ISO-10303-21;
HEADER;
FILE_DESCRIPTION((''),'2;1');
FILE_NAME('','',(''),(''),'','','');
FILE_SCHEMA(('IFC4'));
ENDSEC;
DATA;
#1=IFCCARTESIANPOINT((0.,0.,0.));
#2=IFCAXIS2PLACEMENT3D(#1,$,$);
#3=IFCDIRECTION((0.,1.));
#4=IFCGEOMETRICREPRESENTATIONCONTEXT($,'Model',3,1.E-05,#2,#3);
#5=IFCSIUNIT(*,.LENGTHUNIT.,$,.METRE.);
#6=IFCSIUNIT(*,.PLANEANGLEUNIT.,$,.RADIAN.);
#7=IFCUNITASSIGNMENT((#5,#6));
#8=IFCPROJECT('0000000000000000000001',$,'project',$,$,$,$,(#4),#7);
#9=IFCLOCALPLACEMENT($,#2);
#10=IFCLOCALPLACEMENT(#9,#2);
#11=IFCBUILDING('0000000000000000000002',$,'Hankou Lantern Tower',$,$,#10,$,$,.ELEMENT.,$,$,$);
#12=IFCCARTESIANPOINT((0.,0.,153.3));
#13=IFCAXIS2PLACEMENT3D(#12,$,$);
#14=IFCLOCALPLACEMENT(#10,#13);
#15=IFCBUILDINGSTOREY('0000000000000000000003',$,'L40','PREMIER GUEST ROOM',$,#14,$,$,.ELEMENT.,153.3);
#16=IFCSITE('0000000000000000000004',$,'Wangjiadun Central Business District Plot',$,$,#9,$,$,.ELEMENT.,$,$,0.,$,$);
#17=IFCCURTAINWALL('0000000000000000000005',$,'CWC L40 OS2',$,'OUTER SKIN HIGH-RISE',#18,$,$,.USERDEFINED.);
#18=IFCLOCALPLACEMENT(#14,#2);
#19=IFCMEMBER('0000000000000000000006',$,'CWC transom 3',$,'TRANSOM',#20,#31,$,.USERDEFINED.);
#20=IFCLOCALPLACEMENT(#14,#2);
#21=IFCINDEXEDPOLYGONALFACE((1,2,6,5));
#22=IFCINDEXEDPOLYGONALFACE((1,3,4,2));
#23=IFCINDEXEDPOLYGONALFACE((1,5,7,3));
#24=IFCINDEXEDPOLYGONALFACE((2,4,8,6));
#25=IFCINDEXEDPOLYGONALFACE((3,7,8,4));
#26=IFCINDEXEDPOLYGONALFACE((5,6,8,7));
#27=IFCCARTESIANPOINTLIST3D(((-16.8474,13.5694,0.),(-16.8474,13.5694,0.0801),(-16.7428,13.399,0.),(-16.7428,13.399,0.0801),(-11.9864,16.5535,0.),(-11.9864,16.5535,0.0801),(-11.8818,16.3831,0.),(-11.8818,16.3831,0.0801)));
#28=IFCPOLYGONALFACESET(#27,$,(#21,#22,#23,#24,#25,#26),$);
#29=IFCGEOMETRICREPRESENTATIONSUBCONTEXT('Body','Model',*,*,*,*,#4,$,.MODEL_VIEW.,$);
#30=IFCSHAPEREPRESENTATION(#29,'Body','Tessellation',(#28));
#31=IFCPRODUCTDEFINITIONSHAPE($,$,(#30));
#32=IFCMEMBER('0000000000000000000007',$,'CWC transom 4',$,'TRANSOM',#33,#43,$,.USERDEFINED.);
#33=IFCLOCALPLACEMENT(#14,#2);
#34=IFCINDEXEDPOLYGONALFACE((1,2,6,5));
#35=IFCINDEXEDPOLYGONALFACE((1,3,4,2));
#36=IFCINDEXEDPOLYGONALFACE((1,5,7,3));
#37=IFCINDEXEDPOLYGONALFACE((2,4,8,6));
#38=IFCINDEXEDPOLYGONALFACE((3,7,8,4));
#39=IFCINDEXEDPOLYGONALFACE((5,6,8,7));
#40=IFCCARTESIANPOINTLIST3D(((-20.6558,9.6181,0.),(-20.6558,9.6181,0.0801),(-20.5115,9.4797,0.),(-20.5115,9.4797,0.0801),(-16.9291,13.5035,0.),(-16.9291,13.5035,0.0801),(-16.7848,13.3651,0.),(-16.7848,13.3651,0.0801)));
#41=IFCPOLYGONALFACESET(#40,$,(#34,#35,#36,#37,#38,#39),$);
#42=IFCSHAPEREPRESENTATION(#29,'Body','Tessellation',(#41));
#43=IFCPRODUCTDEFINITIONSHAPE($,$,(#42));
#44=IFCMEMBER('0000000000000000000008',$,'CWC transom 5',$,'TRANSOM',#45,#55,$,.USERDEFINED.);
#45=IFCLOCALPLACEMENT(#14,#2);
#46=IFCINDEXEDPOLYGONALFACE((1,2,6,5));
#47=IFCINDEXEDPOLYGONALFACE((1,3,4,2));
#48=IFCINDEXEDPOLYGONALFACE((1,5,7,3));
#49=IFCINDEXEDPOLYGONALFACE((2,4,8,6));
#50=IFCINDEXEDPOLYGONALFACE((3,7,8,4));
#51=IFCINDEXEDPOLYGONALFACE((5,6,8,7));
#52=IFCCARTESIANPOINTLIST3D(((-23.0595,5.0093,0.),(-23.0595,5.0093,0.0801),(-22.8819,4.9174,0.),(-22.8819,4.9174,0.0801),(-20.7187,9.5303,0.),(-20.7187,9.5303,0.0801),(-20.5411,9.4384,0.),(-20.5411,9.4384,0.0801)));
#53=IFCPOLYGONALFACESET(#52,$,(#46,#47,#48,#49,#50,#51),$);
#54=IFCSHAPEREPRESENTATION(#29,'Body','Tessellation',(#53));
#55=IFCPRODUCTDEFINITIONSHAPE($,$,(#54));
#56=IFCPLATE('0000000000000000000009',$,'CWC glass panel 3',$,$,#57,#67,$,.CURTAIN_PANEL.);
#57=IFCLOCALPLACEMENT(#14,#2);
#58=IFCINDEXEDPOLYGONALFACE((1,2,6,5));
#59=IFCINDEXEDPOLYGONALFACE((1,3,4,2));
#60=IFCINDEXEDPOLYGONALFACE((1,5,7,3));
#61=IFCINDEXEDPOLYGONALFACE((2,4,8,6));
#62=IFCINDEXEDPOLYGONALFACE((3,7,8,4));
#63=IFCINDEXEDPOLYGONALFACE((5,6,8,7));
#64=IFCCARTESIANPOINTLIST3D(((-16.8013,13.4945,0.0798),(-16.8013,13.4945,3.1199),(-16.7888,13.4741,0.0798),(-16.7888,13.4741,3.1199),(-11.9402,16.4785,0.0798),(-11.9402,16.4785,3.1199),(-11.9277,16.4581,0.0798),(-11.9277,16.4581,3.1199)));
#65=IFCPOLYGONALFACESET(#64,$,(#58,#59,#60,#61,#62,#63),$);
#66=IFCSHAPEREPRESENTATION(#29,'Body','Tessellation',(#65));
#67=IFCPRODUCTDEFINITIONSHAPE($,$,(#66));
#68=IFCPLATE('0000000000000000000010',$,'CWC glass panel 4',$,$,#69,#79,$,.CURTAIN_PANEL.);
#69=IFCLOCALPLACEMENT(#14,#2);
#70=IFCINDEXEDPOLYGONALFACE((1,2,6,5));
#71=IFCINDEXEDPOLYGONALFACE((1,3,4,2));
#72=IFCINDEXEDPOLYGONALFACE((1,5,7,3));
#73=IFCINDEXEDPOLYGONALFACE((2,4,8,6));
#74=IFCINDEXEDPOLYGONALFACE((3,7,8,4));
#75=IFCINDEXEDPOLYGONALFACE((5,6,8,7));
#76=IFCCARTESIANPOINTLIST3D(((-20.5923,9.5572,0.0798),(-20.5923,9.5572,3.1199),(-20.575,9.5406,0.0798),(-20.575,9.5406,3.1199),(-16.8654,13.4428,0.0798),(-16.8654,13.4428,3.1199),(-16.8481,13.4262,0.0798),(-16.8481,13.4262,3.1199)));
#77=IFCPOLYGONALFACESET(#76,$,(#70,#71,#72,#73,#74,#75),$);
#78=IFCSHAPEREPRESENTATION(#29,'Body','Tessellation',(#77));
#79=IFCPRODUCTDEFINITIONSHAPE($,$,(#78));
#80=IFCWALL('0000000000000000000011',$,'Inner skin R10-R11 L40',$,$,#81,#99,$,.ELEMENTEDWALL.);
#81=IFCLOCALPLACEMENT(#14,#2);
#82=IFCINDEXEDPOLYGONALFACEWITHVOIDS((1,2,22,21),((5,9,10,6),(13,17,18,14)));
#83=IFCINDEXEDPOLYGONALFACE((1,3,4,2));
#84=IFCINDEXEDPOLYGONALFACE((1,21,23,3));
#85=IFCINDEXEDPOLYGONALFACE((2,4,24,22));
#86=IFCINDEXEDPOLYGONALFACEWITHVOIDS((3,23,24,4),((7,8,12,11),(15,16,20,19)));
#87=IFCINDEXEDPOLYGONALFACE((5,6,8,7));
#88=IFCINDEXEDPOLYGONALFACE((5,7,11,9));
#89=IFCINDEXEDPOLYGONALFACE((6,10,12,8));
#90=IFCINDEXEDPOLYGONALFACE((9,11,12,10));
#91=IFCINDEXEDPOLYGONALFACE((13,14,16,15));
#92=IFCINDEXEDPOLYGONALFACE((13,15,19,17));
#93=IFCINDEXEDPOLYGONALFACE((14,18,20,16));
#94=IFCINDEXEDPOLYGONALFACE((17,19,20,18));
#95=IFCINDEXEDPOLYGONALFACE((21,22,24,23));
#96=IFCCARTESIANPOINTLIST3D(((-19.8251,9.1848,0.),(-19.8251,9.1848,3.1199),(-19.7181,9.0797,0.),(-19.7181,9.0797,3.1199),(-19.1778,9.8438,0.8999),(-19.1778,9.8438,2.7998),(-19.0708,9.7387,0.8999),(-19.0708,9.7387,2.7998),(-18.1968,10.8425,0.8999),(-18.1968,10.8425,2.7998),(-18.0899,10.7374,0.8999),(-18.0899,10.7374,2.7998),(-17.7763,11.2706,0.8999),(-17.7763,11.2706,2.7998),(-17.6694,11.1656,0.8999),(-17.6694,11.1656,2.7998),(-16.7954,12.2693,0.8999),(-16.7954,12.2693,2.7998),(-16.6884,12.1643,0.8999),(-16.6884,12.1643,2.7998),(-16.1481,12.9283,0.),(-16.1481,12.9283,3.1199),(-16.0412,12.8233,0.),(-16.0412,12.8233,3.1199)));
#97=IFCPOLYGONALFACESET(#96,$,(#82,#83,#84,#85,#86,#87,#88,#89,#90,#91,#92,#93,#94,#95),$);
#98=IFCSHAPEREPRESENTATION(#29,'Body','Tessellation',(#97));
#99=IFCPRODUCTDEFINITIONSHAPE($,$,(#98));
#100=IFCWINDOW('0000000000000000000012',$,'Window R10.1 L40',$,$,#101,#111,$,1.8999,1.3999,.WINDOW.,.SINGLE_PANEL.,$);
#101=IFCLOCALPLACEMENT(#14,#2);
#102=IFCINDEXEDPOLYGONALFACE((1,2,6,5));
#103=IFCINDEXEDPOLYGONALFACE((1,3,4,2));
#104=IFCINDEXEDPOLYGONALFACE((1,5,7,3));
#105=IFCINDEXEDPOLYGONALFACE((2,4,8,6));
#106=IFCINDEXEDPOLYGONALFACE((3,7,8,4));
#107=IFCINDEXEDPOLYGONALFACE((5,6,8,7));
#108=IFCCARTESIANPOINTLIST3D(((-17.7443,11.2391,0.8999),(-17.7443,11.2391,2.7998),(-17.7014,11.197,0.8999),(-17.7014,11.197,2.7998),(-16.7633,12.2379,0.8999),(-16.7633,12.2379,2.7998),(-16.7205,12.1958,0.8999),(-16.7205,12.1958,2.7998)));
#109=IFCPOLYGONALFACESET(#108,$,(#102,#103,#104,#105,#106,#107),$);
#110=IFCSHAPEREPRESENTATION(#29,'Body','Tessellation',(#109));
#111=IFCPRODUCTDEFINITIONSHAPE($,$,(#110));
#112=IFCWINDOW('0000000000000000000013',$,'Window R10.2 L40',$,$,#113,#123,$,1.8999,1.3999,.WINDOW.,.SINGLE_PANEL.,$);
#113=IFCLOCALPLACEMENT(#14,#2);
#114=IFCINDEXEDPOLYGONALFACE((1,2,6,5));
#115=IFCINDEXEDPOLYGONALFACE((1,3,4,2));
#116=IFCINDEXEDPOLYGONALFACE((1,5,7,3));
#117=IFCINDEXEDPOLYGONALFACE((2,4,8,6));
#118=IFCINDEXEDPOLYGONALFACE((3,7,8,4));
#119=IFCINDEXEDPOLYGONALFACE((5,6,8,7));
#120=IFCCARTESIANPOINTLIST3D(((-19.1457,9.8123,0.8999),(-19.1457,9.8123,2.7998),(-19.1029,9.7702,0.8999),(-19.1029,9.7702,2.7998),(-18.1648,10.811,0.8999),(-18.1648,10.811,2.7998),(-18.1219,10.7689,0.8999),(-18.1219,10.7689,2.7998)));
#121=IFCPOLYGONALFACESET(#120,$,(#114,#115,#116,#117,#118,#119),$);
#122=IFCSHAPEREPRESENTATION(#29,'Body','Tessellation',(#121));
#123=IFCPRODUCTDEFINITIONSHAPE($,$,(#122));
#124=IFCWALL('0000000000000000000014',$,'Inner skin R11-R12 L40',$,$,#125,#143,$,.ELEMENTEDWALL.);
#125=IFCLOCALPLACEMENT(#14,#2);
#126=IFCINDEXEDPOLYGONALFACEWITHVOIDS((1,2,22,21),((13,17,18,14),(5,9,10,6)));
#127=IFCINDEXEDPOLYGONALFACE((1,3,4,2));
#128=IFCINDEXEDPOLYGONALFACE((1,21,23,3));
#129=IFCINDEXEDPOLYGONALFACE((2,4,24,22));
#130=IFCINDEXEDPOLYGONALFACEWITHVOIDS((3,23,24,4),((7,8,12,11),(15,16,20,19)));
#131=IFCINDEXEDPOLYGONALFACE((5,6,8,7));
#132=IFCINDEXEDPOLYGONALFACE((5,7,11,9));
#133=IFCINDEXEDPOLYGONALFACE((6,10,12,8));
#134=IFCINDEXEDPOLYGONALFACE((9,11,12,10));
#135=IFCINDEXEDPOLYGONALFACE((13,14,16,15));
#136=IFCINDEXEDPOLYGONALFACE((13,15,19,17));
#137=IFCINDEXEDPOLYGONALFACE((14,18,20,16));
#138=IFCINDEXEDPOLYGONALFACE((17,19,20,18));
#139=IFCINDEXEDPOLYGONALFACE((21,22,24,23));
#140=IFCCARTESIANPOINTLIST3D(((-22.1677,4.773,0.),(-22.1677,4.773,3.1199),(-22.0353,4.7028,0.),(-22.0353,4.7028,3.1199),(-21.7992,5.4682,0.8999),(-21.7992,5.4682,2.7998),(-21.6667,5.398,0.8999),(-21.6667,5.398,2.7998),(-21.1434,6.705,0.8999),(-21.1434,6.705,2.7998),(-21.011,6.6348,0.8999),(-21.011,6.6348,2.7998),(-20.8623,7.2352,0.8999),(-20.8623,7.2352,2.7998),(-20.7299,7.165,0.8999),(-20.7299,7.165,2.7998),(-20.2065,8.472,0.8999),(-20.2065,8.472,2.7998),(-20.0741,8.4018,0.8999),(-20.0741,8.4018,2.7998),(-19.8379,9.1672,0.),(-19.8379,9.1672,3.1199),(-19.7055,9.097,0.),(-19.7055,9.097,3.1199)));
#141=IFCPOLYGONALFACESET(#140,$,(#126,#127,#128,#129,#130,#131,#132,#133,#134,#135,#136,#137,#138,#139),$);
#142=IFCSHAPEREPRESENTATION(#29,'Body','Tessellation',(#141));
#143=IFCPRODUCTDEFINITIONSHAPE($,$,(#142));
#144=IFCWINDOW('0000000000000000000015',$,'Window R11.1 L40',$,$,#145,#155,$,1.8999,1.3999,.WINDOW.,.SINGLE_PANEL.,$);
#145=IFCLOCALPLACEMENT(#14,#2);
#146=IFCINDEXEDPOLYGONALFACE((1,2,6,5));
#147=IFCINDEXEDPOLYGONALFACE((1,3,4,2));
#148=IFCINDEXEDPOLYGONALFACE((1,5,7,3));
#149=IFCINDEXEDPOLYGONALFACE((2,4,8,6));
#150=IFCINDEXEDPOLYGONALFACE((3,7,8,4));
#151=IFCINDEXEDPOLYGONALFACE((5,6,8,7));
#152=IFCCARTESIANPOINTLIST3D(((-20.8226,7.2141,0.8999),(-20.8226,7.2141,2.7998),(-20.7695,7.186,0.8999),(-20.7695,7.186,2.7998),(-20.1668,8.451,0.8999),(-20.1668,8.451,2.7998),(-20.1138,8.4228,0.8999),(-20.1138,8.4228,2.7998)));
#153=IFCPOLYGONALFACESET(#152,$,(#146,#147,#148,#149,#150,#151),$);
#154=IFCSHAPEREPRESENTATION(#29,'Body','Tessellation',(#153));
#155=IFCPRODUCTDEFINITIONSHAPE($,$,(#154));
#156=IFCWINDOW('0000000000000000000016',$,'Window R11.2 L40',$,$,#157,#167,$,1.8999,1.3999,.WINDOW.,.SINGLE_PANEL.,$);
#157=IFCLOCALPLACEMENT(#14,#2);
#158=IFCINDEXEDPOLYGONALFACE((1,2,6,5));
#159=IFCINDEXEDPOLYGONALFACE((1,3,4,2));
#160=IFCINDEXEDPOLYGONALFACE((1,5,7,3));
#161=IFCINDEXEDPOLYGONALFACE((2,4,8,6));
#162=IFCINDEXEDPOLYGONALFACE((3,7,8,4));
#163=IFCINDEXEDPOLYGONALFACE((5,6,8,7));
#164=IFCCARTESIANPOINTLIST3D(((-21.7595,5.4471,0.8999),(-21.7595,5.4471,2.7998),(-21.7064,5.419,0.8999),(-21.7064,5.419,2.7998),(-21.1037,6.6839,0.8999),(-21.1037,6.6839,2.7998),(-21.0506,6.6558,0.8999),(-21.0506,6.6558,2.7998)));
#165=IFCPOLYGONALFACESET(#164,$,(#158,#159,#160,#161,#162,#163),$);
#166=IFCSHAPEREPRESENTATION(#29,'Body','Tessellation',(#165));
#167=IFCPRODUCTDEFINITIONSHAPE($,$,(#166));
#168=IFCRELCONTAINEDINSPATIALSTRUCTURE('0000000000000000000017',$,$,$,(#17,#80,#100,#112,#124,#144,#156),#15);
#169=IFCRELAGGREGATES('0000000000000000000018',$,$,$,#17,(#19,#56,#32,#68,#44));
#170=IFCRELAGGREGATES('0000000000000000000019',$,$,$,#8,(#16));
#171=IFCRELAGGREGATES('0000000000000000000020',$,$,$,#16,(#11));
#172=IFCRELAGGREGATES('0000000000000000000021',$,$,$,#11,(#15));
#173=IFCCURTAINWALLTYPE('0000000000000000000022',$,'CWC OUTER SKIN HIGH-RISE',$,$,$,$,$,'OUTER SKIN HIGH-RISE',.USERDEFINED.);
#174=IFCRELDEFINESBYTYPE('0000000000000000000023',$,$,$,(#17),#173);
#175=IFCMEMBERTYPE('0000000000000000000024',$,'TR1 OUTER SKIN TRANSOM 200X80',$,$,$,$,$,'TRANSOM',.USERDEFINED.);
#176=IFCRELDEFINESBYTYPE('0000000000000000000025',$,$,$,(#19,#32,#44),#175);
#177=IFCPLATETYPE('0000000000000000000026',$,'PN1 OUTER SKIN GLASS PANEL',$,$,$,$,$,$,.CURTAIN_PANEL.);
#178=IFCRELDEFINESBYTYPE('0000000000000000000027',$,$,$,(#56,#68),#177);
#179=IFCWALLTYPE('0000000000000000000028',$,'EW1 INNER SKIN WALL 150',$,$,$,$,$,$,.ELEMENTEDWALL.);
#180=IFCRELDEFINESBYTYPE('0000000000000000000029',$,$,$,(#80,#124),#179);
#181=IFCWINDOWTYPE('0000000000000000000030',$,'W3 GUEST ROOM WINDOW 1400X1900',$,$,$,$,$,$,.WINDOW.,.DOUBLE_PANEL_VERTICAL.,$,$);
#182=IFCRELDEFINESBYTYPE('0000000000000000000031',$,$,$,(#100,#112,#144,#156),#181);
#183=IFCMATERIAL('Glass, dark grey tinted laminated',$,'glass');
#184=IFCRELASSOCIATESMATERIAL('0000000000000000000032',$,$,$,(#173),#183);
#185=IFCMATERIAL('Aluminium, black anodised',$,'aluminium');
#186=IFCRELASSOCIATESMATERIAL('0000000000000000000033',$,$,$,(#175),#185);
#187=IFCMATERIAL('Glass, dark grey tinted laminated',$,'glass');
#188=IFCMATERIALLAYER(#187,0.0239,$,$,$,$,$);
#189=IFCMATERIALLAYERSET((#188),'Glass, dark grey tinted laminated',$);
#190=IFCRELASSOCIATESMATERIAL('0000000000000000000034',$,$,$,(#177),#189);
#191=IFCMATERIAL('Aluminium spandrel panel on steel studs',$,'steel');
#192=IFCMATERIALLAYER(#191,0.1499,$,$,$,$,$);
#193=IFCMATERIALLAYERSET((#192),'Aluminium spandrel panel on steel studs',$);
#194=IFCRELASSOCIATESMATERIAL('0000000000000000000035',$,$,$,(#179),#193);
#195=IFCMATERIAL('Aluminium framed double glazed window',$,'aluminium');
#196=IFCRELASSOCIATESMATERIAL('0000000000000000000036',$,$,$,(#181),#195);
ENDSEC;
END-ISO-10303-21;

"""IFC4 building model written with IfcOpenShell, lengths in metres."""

from ifc_helpers import new_model, si_unit, direction, frame, frame_2d, origin, origin_2d, place, context, subcontext, project, spatial, rectangle, extrude, material, layer, layer_set, material_profile, profile_set, type_object, element, fill, aggregate, save


model = new_model("IFC4")

# Units and contexts
model_context = context("Model", 3, precision=1e-05, world=origin(), true_north=direction((0.0, 1.0)))
body_context = subcontext(model_context, "Body", "Model", "MODEL_VIEW")
ifc_project = project(units=[si_unit("LENGTHUNIT", "METRE"), si_unit("PLANEANGLEUNIT", "RADIAN")], contexts=[model_context])

# Site, building, storey
site_placement = place(None, origin())
site = spatial("IfcSite", under=ifc_project, at=site_placement, Name="Wangjiadun Central Business District Plot", CompositionType="ELEMENT", RefElevation=0.0)
building_placement = place(site_placement, origin())
building = spatial("IfcBuilding", under=site, at=building_placement, Name="Hankou Lantern Tower", CompositionType="ELEMENT")
storey_placement = place(building_placement, frame((0.0, 0.0, 153.3)))
storey = spatial("IfcBuildingStorey", under=building, at=storey_placement, Name="L40", Description="PREMIER GUEST ROOM", CompositionType="ELEMENT", Elevation=153.3)

# Curtain wall
ifc_material_1 = material(Name="Glass, dark grey tinted laminated", Category="glass")
curtain_wall_type = type_object("IfcCurtainWallType", Name="CWC OUTER SKIN HIGH-RISE", ElementType="OUTER SKIN HIGH-RISE", PredefinedType="USERDEFINED", material=ifc_material_1)
curtain_wall_placement = place(storey_placement, origin())
curtain_wall = element("IfcCurtainWall", 1, at=curtain_wall_placement, inside=storey, type_object=curtain_wall_type, Name="CWC L40 OS2", ObjectType="OUTER SKIN HIGH-RISE", PredefinedType="USERDEFINED")

# Members
ifc_material_2 = material(Name="Aluminium, black anodised", Category="aluminium")
ifc_material_profile_1 = material_profile(ifc_material_2, rectangle(XDim=0.2, YDim=0.0801, at=origin_2d()), Name="TR1 200X80")
ifc_profile_set_1 = profile_set([ifc_material_profile_1], Name="Aluminium, black anodised")
member_type_1 = type_object("IfcMemberType", Name="TR1 OUTER SKIN TRANSOM 200X80", ElementType="TRANSOM", PredefinedType="USERDEFINED", material=ifc_profile_set_1)
member_1_placement = place(storey_placement, frame((-11.9341, 16.4683, 0.04), z_axis=(-0.852229, -0.523168, 0.0), x_axis=(0.523168, -0.852229, 0.0)))
member_1 = element("IfcMember", 2, at=member_1_placement, type_object=member_type_1, Name="CWC transom 3", ObjectType="TRANSOM", PredefinedType="USERDEFINED", context=body_context, shape_type="SweptSolid", body=[
    extrude(rectangle(XDim=0.2, YDim=0.0801, at=origin_2d()), origin(), (0.0, 0.0, 1.0), 5.7039),
])
member_2_placement = place(storey_placement, frame((-16.8569, 13.4343, 0.04), z_axis=(-0.692216, -0.721691, 0.0), x_axis=(0.721691, -0.692216, 0.0)))
member_2 = element("IfcMember", 3, at=member_2_placement, type_object=member_type_1, Name="CWC transom 4", ObjectType="TRANSOM", PredefinedType="USERDEFINED", context=body_context, shape_type="SweptSolid", body=[
    extrude(rectangle(XDim=0.2, YDim=0.0801, at=origin_2d()), origin(), (0.0, 0.0, 1.0), 5.3838),
])
member_3_placement = place(storey_placement, frame((-20.6299, 9.4844, 0.04), z_axis=(-0.459791, -0.888027, 0.0), x_axis=(0.888027, -0.459791, 0.0)))
member_3 = element("IfcMember", 4, at=member_3_placement, type_object=member_type_1, Name="CWC transom 5", ObjectType="TRANSOM", PredefinedType="USERDEFINED", context=body_context, shape_type="SweptSolid", body=[
    extrude(rectangle(XDim=0.2, YDim=0.0801, at=origin_2d()), origin(), (0.0, 0.0, 1.0), 5.0911),
])

# Plates
ifc_material_3 = material(Name="Glass, dark grey tinted laminated", Category="glass")
ifc_layer_1 = layer(ifc_material_3, 0.0239)
ifc_layer_set_1 = layer_set([ifc_layer_1], Name="Glass, dark grey tinted laminated")
plate_type = type_object("IfcPlateType", Name="PN1 OUTER SKIN GLASS PANEL", PredefinedType="CURTAIN_PANEL", material=ifc_layer_set_1)
plate_1_placement = place(storey_placement, frame((-14.3645, 14.9763, 0.0798), z_axis=(0.0, 0.0, 1.0), x_axis=(-0.852237, -0.523156, 0.0)))
plate_1 = element("IfcPlate", 5, at=plate_1_placement, type_object=plate_type, Name="CWC glass panel 3", PredefinedType="CURTAIN_PANEL", context=body_context, shape_type="SweptSolid", body=[
    extrude(rectangle(XDim=5.7039, YDim=0.0239, at=origin_2d()), origin(), (0.0, 0.0, 1.0), 3.04),
])
plate_2_placement = place(storey_placement, frame((-18.7202, 11.4917, 0.0798), z_axis=(0.0, 0.0, 1.0), x_axis=(-0.692216, -0.721691, 0.0)))
plate_2 = element("IfcPlate", 6, at=plate_2_placement, type_object=plate_type, Name="CWC glass panel 4", PredefinedType="CURTAIN_PANEL", context=body_context, shape_type="SweptSolid", body=[
    extrude(rectangle(XDim=5.384, YDim=0.0239, at=origin_2d()), origin(), (0.0, 0.0, 1.0), 3.04),
])
aggregate(curtain_wall, [member_1, plate_1, member_2, plate_2, member_3])

# Walls, openings, windows
ifc_material_4 = material(Name="Aluminium spandrel panel on steel studs", Category="steel")
ifc_layer_2 = layer(ifc_material_4, 0.1499)
ifc_layer_set_2 = layer_set([ifc_layer_2], Name="Aluminium spandrel panel on steel studs")
wall_type_1 = type_object("IfcWallType", Name="EW1 INNER SKIN WALL 150", PredefinedType="ELEMENTEDWALL", material=ifc_layer_set_2)
wall_1_placement = place(storey_placement, frame((-16.0947, 12.8757, 0.0), z_axis=(0.0, 0.0, 1.0), x_axis=(-0.700727, -0.713429, 0.0)))
wall_1 = element("IfcWall", 7, at=wall_1_placement, inside=storey, type_object=wall_type_1, Name="Inner skin R10-R11 L40", PredefinedType="ELEMENTEDWALL", context=body_context, shape_type="SweptSolid", body=[
    extrude(rectangle(XDim=5.2473, YDim=0.1499, at=frame_2d((2.6235, 0.0))), origin(), (0.0, 0.0, 1.0), 3.1199),
])
opening_1_placement = place(wall_1_placement, frame((0.9236, 0.0, 0.8999)))
opening_1 = element("IfcOpeningElement", 8, at=opening_1_placement, cuts=wall_1, PredefinedType="OPENING", context=body_context, shape_type="SweptSolid", body=[
    extrude(rectangle(XDim=1.3999, YDim=1.8999, at=frame_2d((0.7, 0.95))), frame((0.0, 0.085, 0.0), z_axis=(0.0, -1.0, 0.0), x_axis=(1.0, 0.0, 0.0)), (0.0, 0.0, 1.0), 0.1699),
])
opening_2_placement = place(wall_1_placement, frame((2.9236, 0.0, 0.8999)))
opening_2 = element("IfcOpeningElement", 9, at=opening_2_placement, cuts=wall_1, PredefinedType="OPENING", context=body_context, shape_type="SweptSolid", body=[
    extrude(rectangle(XDim=1.3999, YDim=1.8999, at=frame_2d((0.7, 0.95))), frame((0.0, 0.085, 0.0), z_axis=(0.0, -1.0, 0.0), x_axis=(1.0, 0.0, 0.0)), (0.0, 0.0, 1.0), 0.1699),
])
ifc_material_5 = material(Name="Aluminium framed double glazed window", Category="aluminium")
window_type = type_object("IfcWindowType", Name="W3 GUEST ROOM WINDOW 1400X1900", PartitioningType="DOUBLE_PANEL_VERTICAL", PredefinedType="WINDOW", material=ifc_material_5)
window_1_placement = place(opening_1_placement, origin())
window_1 = element("IfcWindow", 10, at=window_1_placement, inside=storey, type_object=window_type, Name="Window R10.1 L40", OverallHeight=1.8999, OverallWidth=1.3999, PartitioningType="SINGLE_PANEL", PredefinedType="WINDOW", context=body_context, shape_type="SweptSolid", body=[
    extrude(rectangle(XDim=1.3999, YDim=1.8999, at=frame_2d((0.7, 0.95))), frame((0.0, 0.03, 0.0), z_axis=(0.0, -1.0, 0.0), x_axis=(1.0, 0.0, 0.0)), (0.0, 0.0, 1.0), 0.0601),
])
fill(opening_1, window_1)
window_2_placement = place(opening_2_placement, origin())
window_2 = element("IfcWindow", 11, at=window_2_placement, inside=storey, type_object=window_type, Name="Window R10.2 L40", OverallHeight=1.8999, OverallWidth=1.3999, PartitioningType="SINGLE_PANEL", PredefinedType="WINDOW", context=body_context, shape_type="SweptSolid", body=[
    extrude(rectangle(XDim=1.3999, YDim=1.8999, at=frame_2d((0.7, 0.95))), frame((0.0, 0.03, 0.0), z_axis=(0.0, -1.0, 0.0), x_axis=(1.0, 0.0, 0.0)), (0.0, 0.0, 1.0), 0.0601),
])
fill(opening_2, window_2)
wall_2_placement = place(storey_placement, frame((-19.7717, 9.1321, 0.0), z_axis=(0.0, 0.0, 1.0), x_axis=(-0.468429, -0.883501, 0.0)))
wall_2 = element("IfcWall", 12, at=wall_2_placement, inside=storey, type_object=wall_type_1, Name="Inner skin R11-R12 L40", PredefinedType="ELEMENTEDWALL", context=body_context, shape_type="SweptSolid", body=[
    extrude(rectangle(XDim=4.9736, YDim=0.1499, at=frame_2d((2.4868, 0.0))), origin(), (0.0, 0.0, 1.0), 3.1199),
])
opening_3_placement = place(wall_2_placement, frame((0.7869, 0.0, 0.8999)))
opening_3 = element("IfcOpeningElement", 13, at=opening_3_placement, cuts=wall_2, PredefinedType="OPENING", context=body_context, shape_type="SweptSolid", body=[
    extrude(rectangle(XDim=1.3999, YDim=1.8999, at=frame_2d((0.7, 0.95))), frame((0.0, 0.085, 0.0), z_axis=(0.0, -1.0, 0.0), x_axis=(1.0, 0.0, 0.0)), (0.0, 0.0, 1.0), 0.1699),
])
opening_4_placement = place(wall_2_placement, frame((2.7869, 0.0, 0.8999)))
opening_4 = element("IfcOpeningElement", 14, at=opening_4_placement, cuts=wall_2, PredefinedType="OPENING", context=body_context, shape_type="SweptSolid", body=[
    extrude(rectangle(XDim=1.3999, YDim=1.8999, at=frame_2d((0.7, 0.95))), frame((0.0, 0.085, 0.0), z_axis=(0.0, -1.0, 0.0), x_axis=(1.0, 0.0, 0.0)), (0.0, 0.0, 1.0), 0.1699),
])
window_3_placement = place(opening_3_placement, origin())
window_3 = element("IfcWindow", 15, at=window_3_placement, inside=storey, type_object=window_type, Name="Window R11.1 L40", OverallHeight=1.8999, OverallWidth=1.3999, PartitioningType="SINGLE_PANEL", PredefinedType="WINDOW", context=body_context, shape_type="SweptSolid", body=[
    extrude(rectangle(XDim=1.3999, YDim=1.8999, at=frame_2d((0.7, 0.95))), frame((0.0, 0.03, 0.0), z_axis=(0.0, -1.0, 0.0), x_axis=(1.0, 0.0, 0.0)), (0.0, 0.0, 1.0), 0.0601),
])
fill(opening_3, window_3)
window_4_placement = place(opening_4_placement, origin())
window_4 = element("IfcWindow", 16, at=window_4_placement, inside=storey, type_object=window_type, Name="Window R11.2 L40", OverallHeight=1.8999, OverallWidth=1.3999, PartitioningType="SINGLE_PANEL", PredefinedType="WINDOW", context=body_context, shape_type="SweptSolid", body=[
    extrude(rectangle(XDim=1.3999, YDim=1.8999, at=frame_2d((0.7, 0.95))), frame((0.0, 0.03, 0.0), z_axis=(0.0, -1.0, 0.0), x_axis=(1.0, 0.0, 0.0)), (0.0, 0.0, 1.0), 0.0601),
])
fill(opening_4, window_4)

save(model, "model.ifc")
